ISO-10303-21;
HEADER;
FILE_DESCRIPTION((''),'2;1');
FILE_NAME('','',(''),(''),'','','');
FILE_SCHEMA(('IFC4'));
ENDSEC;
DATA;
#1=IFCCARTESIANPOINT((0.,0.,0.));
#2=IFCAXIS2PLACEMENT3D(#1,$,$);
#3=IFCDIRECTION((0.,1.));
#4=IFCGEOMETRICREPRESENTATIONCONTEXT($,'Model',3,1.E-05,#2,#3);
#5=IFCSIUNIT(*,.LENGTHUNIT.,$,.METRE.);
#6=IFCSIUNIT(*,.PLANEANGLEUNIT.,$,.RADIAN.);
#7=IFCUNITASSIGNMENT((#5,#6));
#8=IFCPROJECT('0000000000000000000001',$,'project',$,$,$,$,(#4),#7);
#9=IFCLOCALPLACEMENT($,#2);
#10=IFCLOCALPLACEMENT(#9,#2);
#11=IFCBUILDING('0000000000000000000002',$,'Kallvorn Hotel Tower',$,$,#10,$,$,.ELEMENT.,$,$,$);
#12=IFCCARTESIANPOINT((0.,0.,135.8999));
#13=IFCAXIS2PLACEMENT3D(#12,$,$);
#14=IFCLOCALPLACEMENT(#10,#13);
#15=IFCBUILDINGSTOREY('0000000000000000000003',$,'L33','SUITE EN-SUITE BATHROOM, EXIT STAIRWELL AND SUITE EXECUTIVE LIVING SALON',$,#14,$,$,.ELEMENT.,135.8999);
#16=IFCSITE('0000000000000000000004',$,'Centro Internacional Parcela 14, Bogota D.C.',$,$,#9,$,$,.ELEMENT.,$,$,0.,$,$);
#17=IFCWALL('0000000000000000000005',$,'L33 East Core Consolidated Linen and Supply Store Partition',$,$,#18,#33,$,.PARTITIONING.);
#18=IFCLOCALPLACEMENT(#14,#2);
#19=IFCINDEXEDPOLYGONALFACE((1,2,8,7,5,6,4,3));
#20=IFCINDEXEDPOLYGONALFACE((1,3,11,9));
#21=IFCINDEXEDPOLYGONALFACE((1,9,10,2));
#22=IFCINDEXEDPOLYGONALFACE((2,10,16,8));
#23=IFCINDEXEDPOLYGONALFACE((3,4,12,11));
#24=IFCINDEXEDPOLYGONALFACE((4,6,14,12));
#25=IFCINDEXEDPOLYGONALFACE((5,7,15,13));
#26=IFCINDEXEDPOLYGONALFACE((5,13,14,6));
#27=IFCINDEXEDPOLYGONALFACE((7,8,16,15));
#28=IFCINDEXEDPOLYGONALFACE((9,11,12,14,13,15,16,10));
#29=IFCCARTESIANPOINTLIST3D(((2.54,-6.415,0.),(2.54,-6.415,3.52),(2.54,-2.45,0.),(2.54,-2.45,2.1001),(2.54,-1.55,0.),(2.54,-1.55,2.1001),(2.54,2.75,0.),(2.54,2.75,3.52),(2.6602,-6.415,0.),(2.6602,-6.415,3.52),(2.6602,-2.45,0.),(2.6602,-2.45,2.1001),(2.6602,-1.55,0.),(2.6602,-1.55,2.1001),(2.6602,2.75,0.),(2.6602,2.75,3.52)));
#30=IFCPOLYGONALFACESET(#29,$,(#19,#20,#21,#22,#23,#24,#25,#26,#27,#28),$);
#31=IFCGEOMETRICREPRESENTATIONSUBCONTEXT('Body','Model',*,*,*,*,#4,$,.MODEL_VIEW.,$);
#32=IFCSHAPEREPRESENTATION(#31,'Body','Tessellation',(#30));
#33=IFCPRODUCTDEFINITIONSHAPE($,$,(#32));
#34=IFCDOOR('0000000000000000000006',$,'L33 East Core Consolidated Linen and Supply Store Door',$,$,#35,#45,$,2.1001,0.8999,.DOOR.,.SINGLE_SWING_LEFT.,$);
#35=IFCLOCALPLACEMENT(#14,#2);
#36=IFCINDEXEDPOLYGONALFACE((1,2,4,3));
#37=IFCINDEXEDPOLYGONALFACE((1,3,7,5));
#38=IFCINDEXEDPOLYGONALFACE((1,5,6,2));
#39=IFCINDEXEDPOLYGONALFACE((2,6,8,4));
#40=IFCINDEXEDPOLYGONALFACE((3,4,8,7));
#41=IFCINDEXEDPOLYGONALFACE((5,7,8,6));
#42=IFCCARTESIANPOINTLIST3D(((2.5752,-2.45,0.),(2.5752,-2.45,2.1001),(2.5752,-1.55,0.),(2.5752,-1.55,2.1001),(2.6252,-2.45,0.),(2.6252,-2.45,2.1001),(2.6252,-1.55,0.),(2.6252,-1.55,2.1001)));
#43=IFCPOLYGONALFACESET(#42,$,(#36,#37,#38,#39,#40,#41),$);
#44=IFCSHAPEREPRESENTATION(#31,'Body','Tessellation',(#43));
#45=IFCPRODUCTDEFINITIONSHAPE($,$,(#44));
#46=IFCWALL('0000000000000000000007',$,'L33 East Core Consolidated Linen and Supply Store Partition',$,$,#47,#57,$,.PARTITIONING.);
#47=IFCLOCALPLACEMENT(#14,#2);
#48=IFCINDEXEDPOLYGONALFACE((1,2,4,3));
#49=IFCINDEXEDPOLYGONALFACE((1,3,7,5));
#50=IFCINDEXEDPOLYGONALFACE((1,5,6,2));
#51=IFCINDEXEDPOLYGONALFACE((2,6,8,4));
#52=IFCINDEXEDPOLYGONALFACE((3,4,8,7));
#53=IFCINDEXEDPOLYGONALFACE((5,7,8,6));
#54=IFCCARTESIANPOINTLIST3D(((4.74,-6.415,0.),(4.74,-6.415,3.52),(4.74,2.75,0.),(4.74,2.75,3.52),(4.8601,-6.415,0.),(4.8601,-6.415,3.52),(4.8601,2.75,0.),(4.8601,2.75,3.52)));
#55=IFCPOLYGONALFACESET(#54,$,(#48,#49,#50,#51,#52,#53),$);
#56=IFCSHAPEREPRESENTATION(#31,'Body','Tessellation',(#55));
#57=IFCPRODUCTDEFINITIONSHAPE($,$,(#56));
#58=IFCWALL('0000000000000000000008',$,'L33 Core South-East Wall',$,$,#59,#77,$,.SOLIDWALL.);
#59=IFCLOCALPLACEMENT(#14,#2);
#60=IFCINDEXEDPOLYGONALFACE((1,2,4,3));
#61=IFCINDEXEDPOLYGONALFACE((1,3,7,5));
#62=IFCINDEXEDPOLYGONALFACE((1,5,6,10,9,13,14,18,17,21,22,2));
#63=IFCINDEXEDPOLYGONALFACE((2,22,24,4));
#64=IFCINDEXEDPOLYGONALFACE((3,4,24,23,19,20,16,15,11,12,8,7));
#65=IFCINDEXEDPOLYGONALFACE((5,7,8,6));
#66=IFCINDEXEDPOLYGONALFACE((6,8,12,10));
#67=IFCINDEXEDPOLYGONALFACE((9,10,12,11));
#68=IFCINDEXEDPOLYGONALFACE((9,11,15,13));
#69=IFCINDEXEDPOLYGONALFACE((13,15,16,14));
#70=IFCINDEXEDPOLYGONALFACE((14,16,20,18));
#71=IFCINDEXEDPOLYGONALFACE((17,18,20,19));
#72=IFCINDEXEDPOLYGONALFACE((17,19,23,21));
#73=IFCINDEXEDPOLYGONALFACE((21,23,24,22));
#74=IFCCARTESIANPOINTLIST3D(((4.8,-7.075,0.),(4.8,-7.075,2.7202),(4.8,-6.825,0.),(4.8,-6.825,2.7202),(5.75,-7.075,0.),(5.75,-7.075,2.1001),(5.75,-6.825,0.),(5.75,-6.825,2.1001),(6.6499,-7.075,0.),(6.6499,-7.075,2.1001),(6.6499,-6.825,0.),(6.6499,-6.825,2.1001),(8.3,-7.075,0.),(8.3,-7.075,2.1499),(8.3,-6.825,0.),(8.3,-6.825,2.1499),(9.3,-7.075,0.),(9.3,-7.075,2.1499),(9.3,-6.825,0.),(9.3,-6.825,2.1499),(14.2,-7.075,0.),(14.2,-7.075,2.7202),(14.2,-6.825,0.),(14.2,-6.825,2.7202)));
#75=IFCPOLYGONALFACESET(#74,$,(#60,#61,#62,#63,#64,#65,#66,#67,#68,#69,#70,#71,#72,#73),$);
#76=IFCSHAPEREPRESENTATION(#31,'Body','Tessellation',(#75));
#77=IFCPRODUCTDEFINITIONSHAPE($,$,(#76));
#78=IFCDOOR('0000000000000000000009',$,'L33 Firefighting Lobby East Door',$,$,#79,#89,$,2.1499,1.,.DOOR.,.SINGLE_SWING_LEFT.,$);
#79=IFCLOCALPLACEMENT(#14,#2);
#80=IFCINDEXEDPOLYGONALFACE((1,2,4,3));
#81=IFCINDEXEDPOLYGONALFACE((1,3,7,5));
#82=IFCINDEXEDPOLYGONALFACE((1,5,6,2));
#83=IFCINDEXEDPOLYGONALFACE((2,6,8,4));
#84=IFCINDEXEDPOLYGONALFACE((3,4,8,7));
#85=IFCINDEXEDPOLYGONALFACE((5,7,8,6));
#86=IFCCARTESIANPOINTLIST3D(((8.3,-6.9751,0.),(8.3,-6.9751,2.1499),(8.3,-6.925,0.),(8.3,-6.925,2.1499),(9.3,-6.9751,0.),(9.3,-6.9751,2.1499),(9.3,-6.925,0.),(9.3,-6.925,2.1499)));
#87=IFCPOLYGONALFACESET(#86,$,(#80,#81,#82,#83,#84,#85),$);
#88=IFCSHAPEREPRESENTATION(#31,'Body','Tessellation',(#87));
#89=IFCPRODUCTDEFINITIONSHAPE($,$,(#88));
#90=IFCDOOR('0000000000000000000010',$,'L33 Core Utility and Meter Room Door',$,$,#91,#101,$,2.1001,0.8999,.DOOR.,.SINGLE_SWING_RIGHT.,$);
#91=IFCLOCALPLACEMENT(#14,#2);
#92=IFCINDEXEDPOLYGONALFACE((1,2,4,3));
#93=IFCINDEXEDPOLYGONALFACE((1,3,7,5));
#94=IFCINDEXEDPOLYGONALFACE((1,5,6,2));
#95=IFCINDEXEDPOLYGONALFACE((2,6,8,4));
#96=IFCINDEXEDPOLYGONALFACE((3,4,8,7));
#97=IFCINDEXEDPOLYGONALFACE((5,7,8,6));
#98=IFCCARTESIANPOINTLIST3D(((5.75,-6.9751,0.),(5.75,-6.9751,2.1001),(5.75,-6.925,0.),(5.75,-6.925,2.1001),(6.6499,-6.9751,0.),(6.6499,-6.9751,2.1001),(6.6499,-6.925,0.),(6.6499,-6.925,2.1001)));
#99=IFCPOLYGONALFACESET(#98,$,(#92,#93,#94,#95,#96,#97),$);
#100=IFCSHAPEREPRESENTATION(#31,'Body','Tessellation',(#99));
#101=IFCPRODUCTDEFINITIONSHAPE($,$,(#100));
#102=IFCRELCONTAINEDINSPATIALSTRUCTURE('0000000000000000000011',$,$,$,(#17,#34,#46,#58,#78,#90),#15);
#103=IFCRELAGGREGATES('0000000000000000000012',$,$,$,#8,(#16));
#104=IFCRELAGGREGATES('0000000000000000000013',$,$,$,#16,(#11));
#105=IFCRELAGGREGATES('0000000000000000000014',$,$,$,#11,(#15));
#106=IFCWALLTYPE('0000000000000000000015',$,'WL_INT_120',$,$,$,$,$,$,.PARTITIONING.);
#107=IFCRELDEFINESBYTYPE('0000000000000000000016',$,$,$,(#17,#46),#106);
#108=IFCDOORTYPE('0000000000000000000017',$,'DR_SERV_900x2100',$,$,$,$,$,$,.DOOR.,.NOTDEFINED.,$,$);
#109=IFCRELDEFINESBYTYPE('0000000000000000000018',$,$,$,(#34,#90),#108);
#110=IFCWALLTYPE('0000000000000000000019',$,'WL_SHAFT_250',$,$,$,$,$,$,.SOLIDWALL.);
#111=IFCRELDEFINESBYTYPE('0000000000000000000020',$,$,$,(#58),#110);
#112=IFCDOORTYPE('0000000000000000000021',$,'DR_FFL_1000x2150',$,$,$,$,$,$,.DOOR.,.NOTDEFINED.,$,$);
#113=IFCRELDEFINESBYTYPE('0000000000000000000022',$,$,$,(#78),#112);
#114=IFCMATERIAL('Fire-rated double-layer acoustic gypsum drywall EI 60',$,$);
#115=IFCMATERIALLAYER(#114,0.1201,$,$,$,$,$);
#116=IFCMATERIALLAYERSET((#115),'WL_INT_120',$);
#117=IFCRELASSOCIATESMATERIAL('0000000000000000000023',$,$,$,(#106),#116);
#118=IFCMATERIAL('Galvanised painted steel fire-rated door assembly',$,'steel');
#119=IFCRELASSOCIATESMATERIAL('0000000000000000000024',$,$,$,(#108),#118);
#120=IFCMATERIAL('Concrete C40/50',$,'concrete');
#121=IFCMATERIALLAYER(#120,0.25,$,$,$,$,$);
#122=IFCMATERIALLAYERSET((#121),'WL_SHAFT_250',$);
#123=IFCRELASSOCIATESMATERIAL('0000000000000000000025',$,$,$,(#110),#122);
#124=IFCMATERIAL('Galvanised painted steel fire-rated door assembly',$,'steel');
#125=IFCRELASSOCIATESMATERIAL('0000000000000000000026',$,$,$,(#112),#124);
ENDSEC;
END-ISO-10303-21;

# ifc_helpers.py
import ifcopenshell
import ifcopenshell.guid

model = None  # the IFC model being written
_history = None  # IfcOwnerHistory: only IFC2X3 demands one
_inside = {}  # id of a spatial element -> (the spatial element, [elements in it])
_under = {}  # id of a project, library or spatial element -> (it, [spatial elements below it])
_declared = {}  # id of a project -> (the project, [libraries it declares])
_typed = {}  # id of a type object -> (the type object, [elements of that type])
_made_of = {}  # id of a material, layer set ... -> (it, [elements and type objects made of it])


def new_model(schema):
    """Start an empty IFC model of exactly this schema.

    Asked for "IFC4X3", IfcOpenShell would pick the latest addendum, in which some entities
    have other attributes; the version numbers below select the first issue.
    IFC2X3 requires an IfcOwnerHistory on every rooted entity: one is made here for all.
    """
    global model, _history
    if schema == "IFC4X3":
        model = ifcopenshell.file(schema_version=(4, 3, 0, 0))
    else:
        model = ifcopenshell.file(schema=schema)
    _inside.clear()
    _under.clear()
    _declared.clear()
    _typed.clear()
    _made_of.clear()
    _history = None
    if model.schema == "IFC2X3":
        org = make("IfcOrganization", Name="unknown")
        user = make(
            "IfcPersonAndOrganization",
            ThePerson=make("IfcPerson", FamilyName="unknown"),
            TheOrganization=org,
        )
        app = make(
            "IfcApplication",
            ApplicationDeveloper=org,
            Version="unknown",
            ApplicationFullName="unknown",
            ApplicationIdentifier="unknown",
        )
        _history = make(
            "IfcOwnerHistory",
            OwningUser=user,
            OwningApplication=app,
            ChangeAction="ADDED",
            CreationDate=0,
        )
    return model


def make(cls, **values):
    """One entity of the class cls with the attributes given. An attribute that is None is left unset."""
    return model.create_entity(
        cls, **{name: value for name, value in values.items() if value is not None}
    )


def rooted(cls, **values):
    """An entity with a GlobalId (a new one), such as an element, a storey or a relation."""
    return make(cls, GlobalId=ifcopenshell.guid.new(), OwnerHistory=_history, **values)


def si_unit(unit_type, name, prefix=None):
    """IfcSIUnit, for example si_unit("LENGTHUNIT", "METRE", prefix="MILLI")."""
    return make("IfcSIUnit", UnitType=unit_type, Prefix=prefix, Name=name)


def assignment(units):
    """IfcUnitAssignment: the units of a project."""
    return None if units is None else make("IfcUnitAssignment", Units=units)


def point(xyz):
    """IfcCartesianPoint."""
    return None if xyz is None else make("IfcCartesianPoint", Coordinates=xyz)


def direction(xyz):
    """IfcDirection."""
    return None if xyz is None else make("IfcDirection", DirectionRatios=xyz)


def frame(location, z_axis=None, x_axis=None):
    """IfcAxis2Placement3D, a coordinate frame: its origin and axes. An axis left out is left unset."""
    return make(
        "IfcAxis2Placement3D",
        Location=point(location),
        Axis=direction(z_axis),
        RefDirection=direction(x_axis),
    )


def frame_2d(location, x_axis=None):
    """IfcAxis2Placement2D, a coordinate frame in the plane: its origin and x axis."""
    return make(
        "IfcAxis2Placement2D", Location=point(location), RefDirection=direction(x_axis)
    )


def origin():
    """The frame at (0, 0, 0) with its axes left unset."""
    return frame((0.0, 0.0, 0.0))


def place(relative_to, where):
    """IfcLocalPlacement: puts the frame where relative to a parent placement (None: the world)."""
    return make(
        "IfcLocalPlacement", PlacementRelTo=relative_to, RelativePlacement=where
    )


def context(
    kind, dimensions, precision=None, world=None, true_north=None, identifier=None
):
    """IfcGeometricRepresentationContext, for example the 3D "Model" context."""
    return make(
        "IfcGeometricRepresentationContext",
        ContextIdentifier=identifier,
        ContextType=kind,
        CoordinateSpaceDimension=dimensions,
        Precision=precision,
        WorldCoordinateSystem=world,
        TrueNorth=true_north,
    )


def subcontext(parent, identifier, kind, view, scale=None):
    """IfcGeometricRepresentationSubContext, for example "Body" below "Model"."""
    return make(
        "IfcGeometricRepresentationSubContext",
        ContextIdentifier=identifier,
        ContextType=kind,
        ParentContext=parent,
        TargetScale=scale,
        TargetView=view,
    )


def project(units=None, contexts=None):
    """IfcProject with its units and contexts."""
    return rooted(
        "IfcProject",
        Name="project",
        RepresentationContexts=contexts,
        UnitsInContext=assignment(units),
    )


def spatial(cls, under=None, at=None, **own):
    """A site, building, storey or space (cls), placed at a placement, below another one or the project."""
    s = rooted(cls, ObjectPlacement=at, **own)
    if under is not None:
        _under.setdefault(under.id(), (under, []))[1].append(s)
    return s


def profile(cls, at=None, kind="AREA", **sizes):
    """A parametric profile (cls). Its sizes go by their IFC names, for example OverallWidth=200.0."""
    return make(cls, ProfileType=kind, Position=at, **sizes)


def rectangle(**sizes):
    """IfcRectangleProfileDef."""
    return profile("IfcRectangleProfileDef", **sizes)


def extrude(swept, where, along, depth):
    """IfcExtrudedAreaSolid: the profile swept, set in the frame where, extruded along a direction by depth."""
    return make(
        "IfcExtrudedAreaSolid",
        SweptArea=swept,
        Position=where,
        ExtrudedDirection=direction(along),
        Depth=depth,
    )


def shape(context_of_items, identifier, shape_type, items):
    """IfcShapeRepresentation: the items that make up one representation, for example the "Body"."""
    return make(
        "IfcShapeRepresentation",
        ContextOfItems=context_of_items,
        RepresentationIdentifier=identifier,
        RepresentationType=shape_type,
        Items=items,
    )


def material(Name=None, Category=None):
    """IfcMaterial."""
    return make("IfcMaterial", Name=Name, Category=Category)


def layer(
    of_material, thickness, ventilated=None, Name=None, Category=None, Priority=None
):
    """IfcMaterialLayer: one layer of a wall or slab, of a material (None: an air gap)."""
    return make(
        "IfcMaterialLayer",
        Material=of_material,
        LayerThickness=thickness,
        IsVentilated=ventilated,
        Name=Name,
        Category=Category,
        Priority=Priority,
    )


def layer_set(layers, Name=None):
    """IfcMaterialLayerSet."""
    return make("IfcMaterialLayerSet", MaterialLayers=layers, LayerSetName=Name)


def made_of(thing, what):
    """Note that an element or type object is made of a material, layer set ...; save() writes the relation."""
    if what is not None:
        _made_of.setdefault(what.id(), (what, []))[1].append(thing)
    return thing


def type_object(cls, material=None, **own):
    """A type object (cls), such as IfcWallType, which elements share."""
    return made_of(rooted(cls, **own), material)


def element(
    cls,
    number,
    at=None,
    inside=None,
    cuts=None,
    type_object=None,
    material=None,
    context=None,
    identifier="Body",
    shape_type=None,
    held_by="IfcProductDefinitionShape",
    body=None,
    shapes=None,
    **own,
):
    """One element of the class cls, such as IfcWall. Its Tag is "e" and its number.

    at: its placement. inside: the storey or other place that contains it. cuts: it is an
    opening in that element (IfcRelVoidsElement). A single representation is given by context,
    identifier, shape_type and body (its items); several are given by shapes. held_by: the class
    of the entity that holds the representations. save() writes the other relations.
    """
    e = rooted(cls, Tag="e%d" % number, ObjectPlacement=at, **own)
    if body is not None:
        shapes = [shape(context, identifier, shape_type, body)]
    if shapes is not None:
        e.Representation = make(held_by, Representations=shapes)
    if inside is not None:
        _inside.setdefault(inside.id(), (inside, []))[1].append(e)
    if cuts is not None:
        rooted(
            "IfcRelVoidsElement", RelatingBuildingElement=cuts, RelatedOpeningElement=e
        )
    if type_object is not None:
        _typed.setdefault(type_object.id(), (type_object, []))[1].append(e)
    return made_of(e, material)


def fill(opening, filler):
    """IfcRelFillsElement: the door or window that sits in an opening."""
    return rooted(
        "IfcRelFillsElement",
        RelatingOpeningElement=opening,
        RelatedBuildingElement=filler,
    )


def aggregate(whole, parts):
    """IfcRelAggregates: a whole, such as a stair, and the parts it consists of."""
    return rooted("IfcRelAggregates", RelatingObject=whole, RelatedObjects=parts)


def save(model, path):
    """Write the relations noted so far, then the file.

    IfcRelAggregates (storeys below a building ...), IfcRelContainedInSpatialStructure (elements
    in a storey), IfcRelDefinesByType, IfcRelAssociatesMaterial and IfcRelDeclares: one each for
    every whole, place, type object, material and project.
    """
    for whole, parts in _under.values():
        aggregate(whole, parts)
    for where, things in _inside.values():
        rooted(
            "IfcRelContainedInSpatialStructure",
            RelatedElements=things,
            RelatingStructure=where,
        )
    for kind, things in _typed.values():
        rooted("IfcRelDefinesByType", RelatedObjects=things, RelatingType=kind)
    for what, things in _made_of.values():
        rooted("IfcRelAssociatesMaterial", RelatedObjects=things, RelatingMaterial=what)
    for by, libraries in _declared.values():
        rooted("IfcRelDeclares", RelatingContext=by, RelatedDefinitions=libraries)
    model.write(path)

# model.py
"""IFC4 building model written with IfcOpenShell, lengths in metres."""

from ifc_helpers import new_model, si_unit, direction, frame, frame_2d, origin, place, context, subcontext, project, spatial, rectangle, extrude, material, layer, layer_set, type_object, element, fill, save


model = new_model("IFC4")

# Units and contexts
model_context = context("Model", 3, precision=1e-05, world=origin(), true_north=direction((0.0, 1.0)))
body_context = subcontext(model_context, "Body", "Model", "MODEL_VIEW")
ifc_project = project(units=[si_unit("LENGTHUNIT", "METRE"), si_unit("PLANEANGLEUNIT", "RADIAN")], contexts=[model_context])

# Site, building, storey
site_placement = place(None, origin())
site = spatial("IfcSite", under=ifc_project, at=site_placement, Name="Centro Internacional Parcela 14, Bogota D.C.", CompositionType="ELEMENT", RefElevation=0.0)
building_placement = place(site_placement, origin())
building = spatial("IfcBuilding", under=site, at=building_placement, Name="Kallvorn Hotel Tower", CompositionType="ELEMENT")
storey_placement = place(building_placement, frame((0.0, 0.0, 135.8999)))
storey = spatial("IfcBuildingStorey", under=building, at=storey_placement, Name="L33", Description="SUITE EN-SUITE BATHROOM, EXIT STAIRWELL AND SUITE EXECUTIVE LIVING SALON", CompositionType="ELEMENT", Elevation=135.8999)

# Shared definitions
ifc_material_1 = material(Name="Fire-rated double-layer acoustic gypsum drywall EI 60")
ifc_layer_1 = layer(ifc_material_1, 0.1201)
ifc_layer_set_1 = layer_set([ifc_layer_1], Name="WL_INT_120")
wall_type_1 = type_object("IfcWallType", Name="WL_INT_120", PredefinedType="PARTITIONING", material=ifc_layer_set_1)

# Wall, opening, door
wall_1_placement = place(storey_placement, frame((2.6001, -6.415, 0.0), z_axis=(0.0, 0.0, 1.0), x_axis=(0.0, 1.0, 0.0)))
wall_1 = element("IfcWall", 1, at=wall_1_placement, inside=storey, type_object=wall_type_1, Name="L33 East Core Consolidated Linen and Supply Store Partition", PredefinedType="PARTITIONING", context=body_context, shape_type="SweptSolid", body=[
    extrude(rectangle(XDim=9.165, YDim=0.1201, at=frame_2d((4.5825, 0.0))), origin(), (0.0, 0.0, 1.0), 3.52),
])
opening_1_placement = place(wall_1_placement, frame((3.9651, 0.0, 0.0)))
opening_1 = element("IfcOpeningElement", 2, at=opening_1_placement, cuts=wall_1, PredefinedType="OPENING", context=body_context, shape_type="SweptSolid", body=[
    extrude(rectangle(XDim=0.8999, YDim=2.1001, at=frame_2d((0.45, 1.05))), frame((0.0, 0.075, 0.0), z_axis=(0.0, -1.0, 0.0), x_axis=(1.0, 0.0, 0.0)), (0.0, 0.0, 1.0), 0.1501),
])
ifc_material_2 = material(Name="Galvanised painted steel fire-rated door assembly", Category="steel")
door_type_1 = type_object("IfcDoorType", Name="DR_SERV_900x2100", OperationType="NOTDEFINED", PredefinedType="DOOR", material=ifc_material_2)
door_1_placement = place(opening_1_placement, origin())
door_1 = element("IfcDoor", 3, at=door_1_placement, inside=storey, type_object=door_type_1, Name="L33 East Core Consolidated Linen and Supply Store Door", OperationType="SINGLE_SWING_LEFT", OverallHeight=2.1001, OverallWidth=0.8999, PredefinedType="DOOR", context=body_context, shape_type="SweptSolid", body=[
    extrude(rectangle(XDim=0.8999, YDim=2.1001, at=frame_2d((0.45, 1.05))), frame((0.0, 0.0249, 0.0), z_axis=(0.0, -1.0, 0.0), x_axis=(1.0, 0.0, 0.0)), (0.0, 0.0, 1.0), 0.05),
])
fill(opening_1, door_1)

# Wall
wall_2_placement = place(storey_placement, frame((4.8, -6.415, 0.0), z_axis=(0.0, 0.0, 1.0), x_axis=(0.0, 1.0, 0.0)))
element("IfcWall", 4, at=wall_2_placement, inside=storey, type_object=wall_type_1, Name="L33 East Core Consolidated Linen and Supply Store Partition", PredefinedType="PARTITIONING", context=body_context, shape_type="SweptSolid", body=[
    extrude(rectangle(XDim=9.165, YDim=0.1201, at=frame_2d((4.5825, 0.0))), origin(), (0.0, 0.0, 1.0), 3.52),
])

# Wall, openings, doors
ifc_material_3 = material(Name="Concrete C40/50", Category="concrete")
ifc_layer_2 = layer(ifc_material_3, 0.25)
ifc_layer_set_2 = layer_set([ifc_layer_2], Name="WL_SHAFT_250")
wall_type_2 = type_object("IfcWallType", Name="WL_SHAFT_250", PredefinedType="SOLIDWALL", material=ifc_layer_set_2)
wall_3_placement = place(storey_placement, frame((4.8, -6.95, 0.0), z_axis=(0.0, 0.0, 1.0), x_axis=(1.0, 0.0, 0.0)))
wall_3 = element("IfcWall", 5, at=wall_3_placement, inside=storey, type_object=wall_type_2, Name="L33 Core South-East Wall", PredefinedType="SOLIDWALL", context=body_context, shape_type="SweptSolid", body=[
    extrude(rectangle(XDim=9.3999, YDim=0.25, at=frame_2d((4.7, 0.0))), origin(), (0.0, 0.0, 1.0), 2.7202),
])
opening_2_placement = place(wall_3_placement, frame((3.5, 0.0, 0.0)))
opening_2 = element("IfcOpeningElement", 6, at=opening_2_placement, cuts=wall_3, PredefinedType="OPENING", context=body_context, shape_type="SweptSolid", body=[
    extrude(rectangle(XDim=1.0, YDim=2.1499, at=frame_2d((0.5, 1.075))), frame((0.0, 0.1399, 0.0), z_axis=(0.0, -1.0, 0.0), x_axis=(1.0, 0.0, 0.0)), (0.0, 0.0, 1.0), 0.28),
])
opening_3_placement = place(wall_3_placement, frame((0.95, 0.0, 0.0)))
opening_3 = element("IfcOpeningElement", 7, at=opening_3_placement, cuts=wall_3, PredefinedType="OPENING", context=body_context, shape_type="SweptSolid", body=[
    extrude(rectangle(XDim=0.8999, YDim=2.1001, at=frame_2d((0.45, 1.05))), frame((0.0, 0.1399, 0.0), z_axis=(0.0, -1.0, 0.0), x_axis=(1.0, 0.0, 0.0)), (0.0, 0.0, 1.0), 0.28),
])
ifc_material_4 = material(Name="Galvanised painted steel fire-rated door assembly", Category="steel")
door_type_2 = type_object("IfcDoorType", Name="DR_FFL_1000x2150", OperationType="NOTDEFINED", PredefinedType="DOOR", material=ifc_material_4)
door_2_placement = place(opening_2_placement, origin())
door_2 = element("IfcDoor", 8, at=door_2_placement, inside=storey, type_object=door_type_2, Name="L33 Firefighting Lobby East Door", OperationType="SINGLE_SWING_LEFT", OverallHeight=2.1499, OverallWidth=1.0, PredefinedType="DOOR", context=body_context, shape_type="SweptSolid", body=[
    extrude(rectangle(XDim=1.0, YDim=2.1499, at=frame_2d((0.5, 1.075))), frame((0.0, 0.0249, 0.0), z_axis=(0.0, -1.0, 0.0), x_axis=(1.0, 0.0, 0.0)), (0.0, 0.0, 1.0), 0.05),
])
fill(opening_2, door_2)
door_3_placement = place(opening_3_placement, origin())
door_3 = element("IfcDoor", 9, at=door_3_placement, inside=storey, type_object=door_type_1, Name="L33 Core Utility and Meter Room Door", OperationType="SINGLE_SWING_RIGHT", OverallHeight=2.1001, OverallWidth=0.8999, PredefinedType="DOOR", context=body_context, shape_type="SweptSolid", body=[
    extrude(rectangle(XDim=0.8999, YDim=2.1001, at=frame_2d((0.45, 1.05))), frame((0.0, 0.0249, 0.0), z_axis=(0.0, -1.0, 0.0), x_axis=(1.0, 0.0, 0.0)), (0.0, 0.0, 1.0), 0.05),
])
fill(opening_3, door_3)

save(model, "model.ifc")
